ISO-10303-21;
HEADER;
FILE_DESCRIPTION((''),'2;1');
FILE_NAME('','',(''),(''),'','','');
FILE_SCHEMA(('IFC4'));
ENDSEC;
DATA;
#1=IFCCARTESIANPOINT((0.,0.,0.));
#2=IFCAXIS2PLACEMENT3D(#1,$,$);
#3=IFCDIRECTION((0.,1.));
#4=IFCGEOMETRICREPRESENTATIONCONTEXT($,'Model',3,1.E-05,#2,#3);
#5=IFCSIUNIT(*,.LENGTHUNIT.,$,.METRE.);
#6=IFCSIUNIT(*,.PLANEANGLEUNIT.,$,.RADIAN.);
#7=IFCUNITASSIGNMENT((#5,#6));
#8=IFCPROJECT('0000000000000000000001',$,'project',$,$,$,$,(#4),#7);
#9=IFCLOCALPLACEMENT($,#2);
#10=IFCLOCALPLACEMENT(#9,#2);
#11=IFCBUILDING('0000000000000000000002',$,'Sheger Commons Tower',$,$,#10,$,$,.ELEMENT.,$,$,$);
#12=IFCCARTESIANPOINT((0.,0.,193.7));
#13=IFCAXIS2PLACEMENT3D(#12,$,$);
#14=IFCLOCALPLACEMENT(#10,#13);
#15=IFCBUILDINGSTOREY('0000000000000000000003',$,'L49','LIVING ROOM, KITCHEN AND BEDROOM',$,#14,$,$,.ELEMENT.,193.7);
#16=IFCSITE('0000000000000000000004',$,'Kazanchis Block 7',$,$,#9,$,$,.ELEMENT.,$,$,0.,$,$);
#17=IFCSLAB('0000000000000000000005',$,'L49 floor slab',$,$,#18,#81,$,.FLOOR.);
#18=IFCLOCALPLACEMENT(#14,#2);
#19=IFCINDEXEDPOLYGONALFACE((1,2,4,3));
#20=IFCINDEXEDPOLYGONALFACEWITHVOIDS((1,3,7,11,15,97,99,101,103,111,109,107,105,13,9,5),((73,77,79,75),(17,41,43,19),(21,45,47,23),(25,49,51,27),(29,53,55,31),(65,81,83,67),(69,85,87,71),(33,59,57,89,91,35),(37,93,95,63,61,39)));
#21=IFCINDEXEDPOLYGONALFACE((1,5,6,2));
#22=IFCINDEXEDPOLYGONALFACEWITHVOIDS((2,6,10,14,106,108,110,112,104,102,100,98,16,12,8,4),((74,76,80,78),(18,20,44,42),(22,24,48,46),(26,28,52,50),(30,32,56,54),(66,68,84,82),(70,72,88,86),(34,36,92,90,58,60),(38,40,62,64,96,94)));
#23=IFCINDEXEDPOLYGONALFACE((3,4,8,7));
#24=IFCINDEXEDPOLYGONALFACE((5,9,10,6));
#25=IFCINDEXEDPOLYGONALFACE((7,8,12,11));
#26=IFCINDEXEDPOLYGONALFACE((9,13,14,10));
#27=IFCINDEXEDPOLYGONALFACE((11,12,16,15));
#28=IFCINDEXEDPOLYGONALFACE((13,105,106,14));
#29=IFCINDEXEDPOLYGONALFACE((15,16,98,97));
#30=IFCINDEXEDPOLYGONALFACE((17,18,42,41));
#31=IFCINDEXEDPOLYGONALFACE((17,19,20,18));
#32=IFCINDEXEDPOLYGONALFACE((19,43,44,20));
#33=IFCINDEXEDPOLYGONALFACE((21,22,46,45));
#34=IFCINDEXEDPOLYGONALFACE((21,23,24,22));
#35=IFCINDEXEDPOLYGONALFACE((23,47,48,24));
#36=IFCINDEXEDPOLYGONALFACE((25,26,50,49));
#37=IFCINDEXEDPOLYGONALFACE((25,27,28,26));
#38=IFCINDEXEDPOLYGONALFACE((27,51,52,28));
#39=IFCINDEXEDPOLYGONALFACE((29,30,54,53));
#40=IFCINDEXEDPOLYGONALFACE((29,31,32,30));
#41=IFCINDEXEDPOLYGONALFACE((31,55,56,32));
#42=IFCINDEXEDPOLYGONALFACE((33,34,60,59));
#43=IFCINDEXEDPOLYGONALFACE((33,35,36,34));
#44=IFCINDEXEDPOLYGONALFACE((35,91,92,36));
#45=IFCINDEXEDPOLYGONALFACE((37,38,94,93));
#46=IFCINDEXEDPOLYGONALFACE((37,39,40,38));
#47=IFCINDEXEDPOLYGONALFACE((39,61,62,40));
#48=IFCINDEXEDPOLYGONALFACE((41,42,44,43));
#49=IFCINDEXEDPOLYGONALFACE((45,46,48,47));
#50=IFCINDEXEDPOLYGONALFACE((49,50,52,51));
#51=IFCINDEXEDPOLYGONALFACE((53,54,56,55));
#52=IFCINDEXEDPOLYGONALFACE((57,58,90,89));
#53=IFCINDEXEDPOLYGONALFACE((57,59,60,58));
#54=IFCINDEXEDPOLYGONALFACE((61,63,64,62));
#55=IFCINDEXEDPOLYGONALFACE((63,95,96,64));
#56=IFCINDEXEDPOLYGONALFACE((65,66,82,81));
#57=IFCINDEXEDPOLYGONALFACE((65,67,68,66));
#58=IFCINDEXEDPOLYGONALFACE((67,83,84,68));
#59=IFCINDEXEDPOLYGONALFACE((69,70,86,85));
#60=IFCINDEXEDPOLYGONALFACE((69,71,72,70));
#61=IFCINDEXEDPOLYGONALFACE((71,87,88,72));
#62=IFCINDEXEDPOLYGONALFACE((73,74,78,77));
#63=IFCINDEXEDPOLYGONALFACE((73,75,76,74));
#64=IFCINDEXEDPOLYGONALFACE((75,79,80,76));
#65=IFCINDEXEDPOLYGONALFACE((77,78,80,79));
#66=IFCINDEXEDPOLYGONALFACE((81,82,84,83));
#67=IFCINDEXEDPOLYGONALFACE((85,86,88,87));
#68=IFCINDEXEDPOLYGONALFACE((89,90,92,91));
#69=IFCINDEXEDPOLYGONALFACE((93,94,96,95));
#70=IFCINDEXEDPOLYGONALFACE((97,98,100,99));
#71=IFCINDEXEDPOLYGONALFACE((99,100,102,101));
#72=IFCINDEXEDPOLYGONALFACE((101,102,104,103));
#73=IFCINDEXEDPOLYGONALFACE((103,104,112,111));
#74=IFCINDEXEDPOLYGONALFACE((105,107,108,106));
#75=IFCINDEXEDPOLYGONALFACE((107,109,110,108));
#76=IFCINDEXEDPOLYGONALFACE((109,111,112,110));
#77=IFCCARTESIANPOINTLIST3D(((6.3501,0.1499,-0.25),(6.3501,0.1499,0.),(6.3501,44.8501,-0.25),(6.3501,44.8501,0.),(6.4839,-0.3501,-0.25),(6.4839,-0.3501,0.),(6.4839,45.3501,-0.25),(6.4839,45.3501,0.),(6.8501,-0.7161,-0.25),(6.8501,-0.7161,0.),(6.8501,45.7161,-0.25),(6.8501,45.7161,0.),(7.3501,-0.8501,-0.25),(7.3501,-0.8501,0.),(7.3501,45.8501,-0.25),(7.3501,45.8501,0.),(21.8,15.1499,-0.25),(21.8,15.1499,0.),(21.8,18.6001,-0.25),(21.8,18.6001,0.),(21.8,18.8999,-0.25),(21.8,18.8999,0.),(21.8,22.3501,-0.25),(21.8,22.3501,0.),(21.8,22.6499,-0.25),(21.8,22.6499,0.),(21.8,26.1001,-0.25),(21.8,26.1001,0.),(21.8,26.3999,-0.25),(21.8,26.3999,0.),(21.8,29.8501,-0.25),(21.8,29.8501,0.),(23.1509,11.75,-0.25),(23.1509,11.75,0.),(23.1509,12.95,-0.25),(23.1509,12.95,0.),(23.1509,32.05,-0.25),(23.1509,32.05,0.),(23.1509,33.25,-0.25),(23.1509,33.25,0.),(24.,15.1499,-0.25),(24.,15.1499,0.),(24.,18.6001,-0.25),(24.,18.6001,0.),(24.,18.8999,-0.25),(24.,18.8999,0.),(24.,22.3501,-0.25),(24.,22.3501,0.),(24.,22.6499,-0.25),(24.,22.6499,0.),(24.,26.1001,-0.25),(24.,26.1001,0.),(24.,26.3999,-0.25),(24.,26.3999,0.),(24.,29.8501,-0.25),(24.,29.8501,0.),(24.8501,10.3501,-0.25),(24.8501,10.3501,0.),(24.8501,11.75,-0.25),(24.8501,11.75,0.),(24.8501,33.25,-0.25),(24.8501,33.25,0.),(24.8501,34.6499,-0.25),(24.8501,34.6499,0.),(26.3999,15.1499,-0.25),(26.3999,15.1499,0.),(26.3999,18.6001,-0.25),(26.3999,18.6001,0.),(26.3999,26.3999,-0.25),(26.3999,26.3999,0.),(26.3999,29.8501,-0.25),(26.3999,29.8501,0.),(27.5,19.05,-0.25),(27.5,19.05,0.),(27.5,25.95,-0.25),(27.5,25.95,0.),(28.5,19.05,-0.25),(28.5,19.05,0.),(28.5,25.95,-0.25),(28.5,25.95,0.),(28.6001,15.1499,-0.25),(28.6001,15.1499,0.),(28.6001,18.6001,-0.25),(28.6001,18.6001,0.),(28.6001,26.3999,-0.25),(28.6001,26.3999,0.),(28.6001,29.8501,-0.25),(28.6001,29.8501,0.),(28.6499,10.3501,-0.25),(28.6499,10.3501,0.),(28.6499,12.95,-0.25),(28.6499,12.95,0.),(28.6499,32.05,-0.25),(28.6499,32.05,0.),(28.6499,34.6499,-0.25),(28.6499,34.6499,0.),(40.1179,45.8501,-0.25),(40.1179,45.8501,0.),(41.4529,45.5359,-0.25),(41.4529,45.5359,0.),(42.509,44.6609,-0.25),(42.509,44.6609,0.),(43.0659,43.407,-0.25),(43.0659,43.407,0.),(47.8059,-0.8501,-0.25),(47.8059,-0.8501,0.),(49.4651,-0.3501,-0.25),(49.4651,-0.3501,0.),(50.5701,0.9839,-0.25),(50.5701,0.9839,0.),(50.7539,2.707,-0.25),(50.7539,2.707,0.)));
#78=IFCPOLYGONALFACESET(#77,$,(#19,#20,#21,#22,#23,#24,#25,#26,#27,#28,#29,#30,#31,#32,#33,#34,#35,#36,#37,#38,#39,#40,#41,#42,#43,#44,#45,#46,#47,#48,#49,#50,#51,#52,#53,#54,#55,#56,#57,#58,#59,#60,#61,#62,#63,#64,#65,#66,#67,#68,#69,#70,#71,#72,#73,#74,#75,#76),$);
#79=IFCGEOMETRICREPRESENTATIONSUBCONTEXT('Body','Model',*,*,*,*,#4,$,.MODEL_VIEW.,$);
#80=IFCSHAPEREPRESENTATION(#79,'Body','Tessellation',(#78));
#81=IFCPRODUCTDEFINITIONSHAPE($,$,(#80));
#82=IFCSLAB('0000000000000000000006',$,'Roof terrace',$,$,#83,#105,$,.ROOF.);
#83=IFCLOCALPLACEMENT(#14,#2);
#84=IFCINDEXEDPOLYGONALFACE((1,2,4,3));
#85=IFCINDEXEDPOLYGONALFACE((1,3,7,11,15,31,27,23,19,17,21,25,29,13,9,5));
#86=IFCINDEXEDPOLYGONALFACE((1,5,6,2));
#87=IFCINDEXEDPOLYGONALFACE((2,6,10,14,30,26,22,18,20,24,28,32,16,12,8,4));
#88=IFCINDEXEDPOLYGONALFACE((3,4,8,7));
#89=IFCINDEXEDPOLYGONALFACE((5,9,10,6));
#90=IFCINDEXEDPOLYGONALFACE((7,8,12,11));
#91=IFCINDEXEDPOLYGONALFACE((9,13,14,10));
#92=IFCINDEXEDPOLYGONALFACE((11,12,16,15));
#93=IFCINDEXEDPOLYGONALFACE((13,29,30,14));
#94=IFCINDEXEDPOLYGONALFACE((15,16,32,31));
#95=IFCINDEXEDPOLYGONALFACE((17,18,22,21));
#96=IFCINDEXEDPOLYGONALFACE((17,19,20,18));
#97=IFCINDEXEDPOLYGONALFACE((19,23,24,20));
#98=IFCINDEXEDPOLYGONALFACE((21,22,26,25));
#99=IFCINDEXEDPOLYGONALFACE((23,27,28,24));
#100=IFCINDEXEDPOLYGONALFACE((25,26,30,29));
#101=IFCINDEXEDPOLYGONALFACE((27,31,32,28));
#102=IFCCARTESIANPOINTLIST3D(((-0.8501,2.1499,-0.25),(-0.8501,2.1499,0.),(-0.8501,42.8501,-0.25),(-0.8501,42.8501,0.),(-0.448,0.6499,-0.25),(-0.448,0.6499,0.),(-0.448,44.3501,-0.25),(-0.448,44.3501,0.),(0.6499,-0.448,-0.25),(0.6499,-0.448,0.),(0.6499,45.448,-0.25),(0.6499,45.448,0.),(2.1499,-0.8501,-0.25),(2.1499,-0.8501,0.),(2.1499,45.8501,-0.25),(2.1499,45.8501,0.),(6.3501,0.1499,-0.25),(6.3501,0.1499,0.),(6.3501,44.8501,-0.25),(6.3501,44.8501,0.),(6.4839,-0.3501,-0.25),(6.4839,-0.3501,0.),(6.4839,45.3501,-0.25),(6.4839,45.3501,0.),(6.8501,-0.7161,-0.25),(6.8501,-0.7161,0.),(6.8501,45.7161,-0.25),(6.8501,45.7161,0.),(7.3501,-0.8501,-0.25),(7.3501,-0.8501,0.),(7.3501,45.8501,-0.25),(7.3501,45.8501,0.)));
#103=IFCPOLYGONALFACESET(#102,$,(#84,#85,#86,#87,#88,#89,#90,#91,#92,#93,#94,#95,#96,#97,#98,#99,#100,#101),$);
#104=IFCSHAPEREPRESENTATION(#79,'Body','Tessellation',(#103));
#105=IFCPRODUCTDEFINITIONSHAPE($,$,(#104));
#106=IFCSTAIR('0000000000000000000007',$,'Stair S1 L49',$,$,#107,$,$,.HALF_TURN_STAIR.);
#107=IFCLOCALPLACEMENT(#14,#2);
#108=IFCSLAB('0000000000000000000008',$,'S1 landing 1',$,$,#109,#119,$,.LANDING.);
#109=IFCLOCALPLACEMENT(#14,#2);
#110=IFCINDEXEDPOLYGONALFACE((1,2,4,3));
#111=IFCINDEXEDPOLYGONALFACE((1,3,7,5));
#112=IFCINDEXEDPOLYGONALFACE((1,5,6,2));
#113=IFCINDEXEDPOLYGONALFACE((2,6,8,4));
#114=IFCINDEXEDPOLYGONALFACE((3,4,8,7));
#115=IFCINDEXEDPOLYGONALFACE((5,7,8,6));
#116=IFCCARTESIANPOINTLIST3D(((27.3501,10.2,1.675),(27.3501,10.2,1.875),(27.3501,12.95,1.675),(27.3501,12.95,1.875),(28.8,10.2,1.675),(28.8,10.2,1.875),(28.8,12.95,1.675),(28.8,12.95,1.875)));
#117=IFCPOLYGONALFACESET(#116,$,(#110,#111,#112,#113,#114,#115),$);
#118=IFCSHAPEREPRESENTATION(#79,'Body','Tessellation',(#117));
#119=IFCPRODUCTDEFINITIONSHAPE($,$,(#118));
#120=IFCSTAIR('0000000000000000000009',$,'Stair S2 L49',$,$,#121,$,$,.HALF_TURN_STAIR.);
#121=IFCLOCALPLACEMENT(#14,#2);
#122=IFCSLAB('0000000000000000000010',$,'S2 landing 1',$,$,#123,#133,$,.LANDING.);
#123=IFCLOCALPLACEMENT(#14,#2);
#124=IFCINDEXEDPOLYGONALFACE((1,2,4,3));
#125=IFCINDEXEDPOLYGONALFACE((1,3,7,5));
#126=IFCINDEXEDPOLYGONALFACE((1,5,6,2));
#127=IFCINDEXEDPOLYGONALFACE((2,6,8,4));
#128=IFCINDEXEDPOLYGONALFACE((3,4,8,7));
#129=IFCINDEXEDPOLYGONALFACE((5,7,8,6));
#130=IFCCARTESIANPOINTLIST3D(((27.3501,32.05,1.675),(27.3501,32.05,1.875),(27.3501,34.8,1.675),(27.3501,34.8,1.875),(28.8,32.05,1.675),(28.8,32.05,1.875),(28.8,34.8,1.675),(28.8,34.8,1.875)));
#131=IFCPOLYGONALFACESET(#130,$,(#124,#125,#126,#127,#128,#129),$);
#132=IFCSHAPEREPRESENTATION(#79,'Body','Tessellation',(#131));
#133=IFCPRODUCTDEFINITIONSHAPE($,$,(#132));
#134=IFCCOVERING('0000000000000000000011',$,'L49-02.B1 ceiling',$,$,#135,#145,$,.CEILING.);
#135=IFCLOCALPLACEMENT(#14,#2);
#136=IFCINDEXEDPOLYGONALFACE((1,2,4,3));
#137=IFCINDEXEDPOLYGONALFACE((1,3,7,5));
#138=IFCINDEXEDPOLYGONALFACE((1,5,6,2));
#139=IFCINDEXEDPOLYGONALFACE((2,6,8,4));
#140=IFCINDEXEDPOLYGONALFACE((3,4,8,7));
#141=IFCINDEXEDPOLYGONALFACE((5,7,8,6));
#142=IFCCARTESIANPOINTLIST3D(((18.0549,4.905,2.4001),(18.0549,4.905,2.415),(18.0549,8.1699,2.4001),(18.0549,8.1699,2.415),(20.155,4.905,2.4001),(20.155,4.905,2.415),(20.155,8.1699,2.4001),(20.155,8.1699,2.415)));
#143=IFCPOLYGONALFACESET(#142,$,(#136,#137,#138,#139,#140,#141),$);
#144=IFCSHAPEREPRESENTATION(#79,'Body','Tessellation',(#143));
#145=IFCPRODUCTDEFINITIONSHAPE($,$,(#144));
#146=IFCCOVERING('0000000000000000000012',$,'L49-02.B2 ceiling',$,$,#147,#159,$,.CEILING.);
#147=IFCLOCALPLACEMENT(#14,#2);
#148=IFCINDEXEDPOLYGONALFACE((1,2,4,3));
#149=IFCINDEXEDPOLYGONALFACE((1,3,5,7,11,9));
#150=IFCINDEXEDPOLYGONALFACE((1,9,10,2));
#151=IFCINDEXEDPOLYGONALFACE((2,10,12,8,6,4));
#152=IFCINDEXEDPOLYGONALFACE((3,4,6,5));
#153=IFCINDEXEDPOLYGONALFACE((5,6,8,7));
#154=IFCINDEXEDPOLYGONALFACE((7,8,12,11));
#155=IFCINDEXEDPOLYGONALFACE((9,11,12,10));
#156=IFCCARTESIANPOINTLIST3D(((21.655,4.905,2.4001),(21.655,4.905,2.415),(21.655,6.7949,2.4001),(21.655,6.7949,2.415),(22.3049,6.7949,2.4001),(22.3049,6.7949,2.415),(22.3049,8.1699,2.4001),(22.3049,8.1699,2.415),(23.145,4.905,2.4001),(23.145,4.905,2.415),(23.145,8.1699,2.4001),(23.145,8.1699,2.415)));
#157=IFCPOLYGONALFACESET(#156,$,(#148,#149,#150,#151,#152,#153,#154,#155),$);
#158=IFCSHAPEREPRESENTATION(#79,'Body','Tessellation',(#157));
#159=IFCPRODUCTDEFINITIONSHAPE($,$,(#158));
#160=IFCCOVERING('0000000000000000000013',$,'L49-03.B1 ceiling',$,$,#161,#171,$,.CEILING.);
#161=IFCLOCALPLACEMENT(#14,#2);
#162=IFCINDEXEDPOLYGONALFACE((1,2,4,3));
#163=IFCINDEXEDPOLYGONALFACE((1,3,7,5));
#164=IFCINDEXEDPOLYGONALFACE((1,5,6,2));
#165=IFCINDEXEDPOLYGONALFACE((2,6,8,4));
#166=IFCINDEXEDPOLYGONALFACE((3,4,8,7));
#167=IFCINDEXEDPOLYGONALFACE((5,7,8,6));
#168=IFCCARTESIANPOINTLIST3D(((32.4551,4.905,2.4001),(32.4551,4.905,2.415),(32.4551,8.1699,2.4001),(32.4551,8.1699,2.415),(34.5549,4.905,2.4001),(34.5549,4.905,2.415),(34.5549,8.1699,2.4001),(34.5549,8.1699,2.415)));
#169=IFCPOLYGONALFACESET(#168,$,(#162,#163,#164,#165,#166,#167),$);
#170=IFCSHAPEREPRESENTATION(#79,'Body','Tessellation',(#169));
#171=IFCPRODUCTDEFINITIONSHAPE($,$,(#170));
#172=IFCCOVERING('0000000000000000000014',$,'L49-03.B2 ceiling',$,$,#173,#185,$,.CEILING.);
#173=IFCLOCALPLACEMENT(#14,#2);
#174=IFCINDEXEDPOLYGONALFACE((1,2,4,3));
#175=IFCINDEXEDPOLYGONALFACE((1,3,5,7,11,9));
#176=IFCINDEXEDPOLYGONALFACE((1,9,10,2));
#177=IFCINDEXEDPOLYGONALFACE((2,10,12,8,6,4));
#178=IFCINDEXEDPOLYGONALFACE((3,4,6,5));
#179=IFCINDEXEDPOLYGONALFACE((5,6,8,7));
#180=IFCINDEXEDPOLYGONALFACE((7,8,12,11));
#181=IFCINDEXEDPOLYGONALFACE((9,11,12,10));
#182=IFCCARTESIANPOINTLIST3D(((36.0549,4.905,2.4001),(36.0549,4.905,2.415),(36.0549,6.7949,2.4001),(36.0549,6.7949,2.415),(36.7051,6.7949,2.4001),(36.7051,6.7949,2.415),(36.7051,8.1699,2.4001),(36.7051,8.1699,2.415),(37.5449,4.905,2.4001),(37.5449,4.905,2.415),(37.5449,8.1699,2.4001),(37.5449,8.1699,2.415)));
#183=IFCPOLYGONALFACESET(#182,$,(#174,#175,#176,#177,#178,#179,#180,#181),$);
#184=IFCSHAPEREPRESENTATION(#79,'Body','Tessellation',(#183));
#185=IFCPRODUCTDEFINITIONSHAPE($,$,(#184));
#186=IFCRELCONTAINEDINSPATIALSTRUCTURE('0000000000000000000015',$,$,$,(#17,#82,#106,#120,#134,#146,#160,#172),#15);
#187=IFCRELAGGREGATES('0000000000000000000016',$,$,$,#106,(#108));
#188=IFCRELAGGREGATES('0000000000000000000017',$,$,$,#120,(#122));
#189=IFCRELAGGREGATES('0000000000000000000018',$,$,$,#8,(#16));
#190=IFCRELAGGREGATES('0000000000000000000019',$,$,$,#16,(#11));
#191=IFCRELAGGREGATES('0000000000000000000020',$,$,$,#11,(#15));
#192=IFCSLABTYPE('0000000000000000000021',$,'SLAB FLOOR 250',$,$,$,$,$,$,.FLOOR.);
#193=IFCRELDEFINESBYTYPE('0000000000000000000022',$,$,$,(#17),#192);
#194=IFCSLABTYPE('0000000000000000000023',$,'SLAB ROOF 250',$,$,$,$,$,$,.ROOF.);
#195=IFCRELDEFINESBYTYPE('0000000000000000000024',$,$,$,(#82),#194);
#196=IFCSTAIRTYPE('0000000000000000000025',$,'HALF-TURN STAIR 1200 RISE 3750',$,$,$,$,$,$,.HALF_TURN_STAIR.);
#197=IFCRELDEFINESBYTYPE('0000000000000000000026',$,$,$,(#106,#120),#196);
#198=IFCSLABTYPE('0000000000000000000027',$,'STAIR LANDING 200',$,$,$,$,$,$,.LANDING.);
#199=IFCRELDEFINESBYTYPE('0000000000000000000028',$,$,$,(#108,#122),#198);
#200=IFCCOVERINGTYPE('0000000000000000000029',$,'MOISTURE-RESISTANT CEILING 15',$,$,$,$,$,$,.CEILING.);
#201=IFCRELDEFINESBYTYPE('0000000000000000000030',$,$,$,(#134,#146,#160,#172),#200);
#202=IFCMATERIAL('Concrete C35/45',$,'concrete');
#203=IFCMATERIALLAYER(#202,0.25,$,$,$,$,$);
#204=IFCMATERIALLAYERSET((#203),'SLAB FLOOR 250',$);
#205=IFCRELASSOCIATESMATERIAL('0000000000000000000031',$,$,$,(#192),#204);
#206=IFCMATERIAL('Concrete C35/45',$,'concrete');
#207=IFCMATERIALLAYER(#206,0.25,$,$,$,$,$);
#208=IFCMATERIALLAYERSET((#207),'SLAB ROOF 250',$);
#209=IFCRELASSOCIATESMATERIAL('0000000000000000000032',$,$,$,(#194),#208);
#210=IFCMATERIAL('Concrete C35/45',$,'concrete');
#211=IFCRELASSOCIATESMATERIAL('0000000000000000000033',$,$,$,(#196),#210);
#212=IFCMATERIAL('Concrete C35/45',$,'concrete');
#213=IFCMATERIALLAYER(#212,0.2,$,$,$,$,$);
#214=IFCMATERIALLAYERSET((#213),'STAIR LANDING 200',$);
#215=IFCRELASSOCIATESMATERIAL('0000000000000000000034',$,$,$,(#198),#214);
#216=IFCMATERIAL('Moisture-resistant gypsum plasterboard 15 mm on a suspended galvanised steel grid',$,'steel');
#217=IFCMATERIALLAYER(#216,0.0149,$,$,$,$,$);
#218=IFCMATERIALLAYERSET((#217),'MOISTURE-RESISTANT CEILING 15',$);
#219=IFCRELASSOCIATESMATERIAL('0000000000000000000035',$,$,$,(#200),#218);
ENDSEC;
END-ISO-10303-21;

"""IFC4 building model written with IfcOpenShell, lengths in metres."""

from ifc_helpers import new_model, si_unit, direction, frame, origin, place, context, subcontext, project, spatial, polyline, outline, extrude, material, layer, layer_set, type_object, element, aggregate, save


model = new_model("IFC4")

# Units and contexts
model_context = context("Model", 3, precision=1e-05, world=origin(), true_north=direction((0.0, 1.0)))
body_context = subcontext(model_context, "Body", "Model", "MODEL_VIEW")
ifc_project = project(units=[si_unit("LENGTHUNIT", "METRE"), si_unit("PLANEANGLEUNIT", "RADIAN")], contexts=[model_context])

# Site, building, storey
site_placement = place(None, origin())
site = spatial("IfcSite", under=ifc_project, at=site_placement, Name="Kazanchis Block 7", CompositionType="ELEMENT", RefElevation=0.0)
building_placement = place(site_placement, origin())
building = spatial("IfcBuilding", under=site, at=building_placement, Name="Sheger Commons Tower", CompositionType="ELEMENT")
storey_placement = place(building_placement, frame((0.0, 0.0, 193.7)))
storey = spatial("IfcBuildingStorey", under=building, at=storey_placement, Name="L49", Description="LIVING ROOM, KITCHEN AND BEDROOM", CompositionType="ELEMENT", Elevation=193.7)

# Slabs
ifc_material_1 = material(Name="Concrete C35/45", Category="concrete")
ifc_layer_1 = layer(ifc_material_1, 0.25)
ifc_layer_set_1 = layer_set([ifc_layer_1], Name="SLAB FLOOR 250")
slab_type_1 = type_object("IfcSlabType", Name="SLAB FLOOR 250", PredefinedType="FLOOR", material=ifc_layer_set_1)
slab_1_placement = place(storey_placement, frame((0.0, 0.0, -0.25)))
element("IfcSlab", 1, at=slab_1_placement, inside=storey, type_object=slab_type_1, Name="L49 floor slab", PredefinedType="FLOOR", context=body_context, shape_type="SweptSolid", body=[
    extrude(outline(polyline([(6.3501, 0.1499), (6.4839, -0.3501), (6.8501, -0.7161), (7.3501, -0.8501), (47.8059, -0.8501), (49.4651, -0.3501), (50.5701, 0.9839), (50.7539, 2.707), (43.0659, 43.407), (42.509, 44.6609), (41.4529, 45.5359), (40.1179, 45.8501), (7.3501, 45.8501), (6.8501, 45.7161), (6.4839, 45.3501), (6.3501, 44.8501), (6.3501, 0.1499)]), holes=[polyline([(24.8501, 10.3501), (28.6499, 10.3501), (28.6499, 12.95), (23.1509, 12.95), (23.1509, 11.75), (24.8501, 11.75), (24.8501, 10.3501)]), polyline([(23.1509, 32.05), (28.6499, 32.05), (28.6499, 34.6499), (24.8501, 34.6499), (24.8501, 33.25), (23.1509, 33.25), (23.1509, 32.05)]), polyline([(26.3999, 15.1499), (28.6001, 15.1499), (28.6001, 18.6001), (26.3999, 18.6001), (26.3999, 15.1499)]), polyline([(26.3999, 26.3999), (28.6001, 26.3999), (28.6001, 29.8501), (26.3999, 29.8501), (26.3999, 26.3999)]), polyline([(21.8, 15.1499), (24.0, 15.1499), (24.0, 18.6001), (21.8, 18.6001), (21.8, 15.1499)]), polyline([(21.8, 18.8999), (24.0, 18.8999), (24.0, 22.3501), (21.8, 22.3501), (21.8, 18.8999)]), polyline([(21.8, 22.6499), (24.0, 22.6499), (24.0, 26.1001), (21.8, 26.1001), (21.8, 22.6499)]), polyline([(21.8, 26.3999), (24.0, 26.3999), (24.0, 29.8501), (21.8, 29.8501), (21.8, 26.3999)]), polyline([(27.5, 19.05), (28.5, 19.05), (28.5, 25.95), (27.5, 25.95), (27.5, 19.05)])]), origin(), (0.0, 0.0, 1.0), 0.25),
])
ifc_material_2 = material(Name="Concrete C35/45", Category="concrete")
ifc_layer_2 = layer(ifc_material_2, 0.25)
ifc_layer_set_2 = layer_set([ifc_layer_2], Name="SLAB ROOF 250")
slab_type_2 = type_object("IfcSlabType", Name="SLAB ROOF 250", PredefinedType="ROOF", material=ifc_layer_set_2)
slab_2_placement = place(storey_placement, frame((0.0, 0.0, -0.25)))
element("IfcSlab", 2, at=slab_2_placement, inside=storey, type_object=slab_type_2, Name="Roof terrace", PredefinedType="ROOF", context=body_context, shape_type="SweptSolid", body=[
    extrude(outline(polyline([(2.1499, -0.8501), (7.3501, -0.8501), (6.8501, -0.7161), (6.4839, -0.3501), (6.3501, 0.1499), (6.3501, 44.8501), (6.4839, 45.3501), (6.8501, 45.7161), (7.3501, 45.8501), (2.1499, 45.8501), (0.6499, 45.448), (-0.448, 44.3501), (-0.8501, 42.8501), (-0.8501, 2.1499), (-0.448, 0.6499), (0.6499, -0.448), (2.1499, -0.8501)])), origin(), (0.0, 0.0, 1.0), 0.25),
])

# Stairs, slabs
ifc_material_3 = material(Name="Concrete C35/45", Category="concrete")
stair_type = type_object("IfcStairType", Name="HALF-TURN STAIR 1200 RISE 3750", PredefinedType="HALF_TURN_STAIR", material=ifc_material_3)
stair_1_placement = place(storey_placement, origin())
stair_1 = element("IfcStair", 3, at=stair_1_placement, inside=storey, type_object=stair_type, Name="Stair S1 L49", PredefinedType="HALF_TURN_STAIR")
ifc_material_4 = material(Name="Concrete C35/45", Category="concrete")
ifc_layer_3 = layer(ifc_material_4, 0.2)
ifc_layer_set_3 = layer_set([ifc_layer_3], Name="STAIR LANDING 200")
slab_type_3 = type_object("IfcSlabType", Name="STAIR LANDING 200", PredefinedType="LANDING", material=ifc_layer_set_3)
slab_3_placement = place(storey_placement, frame((0.0, 0.0, 1.675)))
slab_3 = element("IfcSlab", 4, at=slab_3_placement, type_object=slab_type_3, Name="S1 landing 1", PredefinedType="LANDING", context=body_context, shape_type="SweptSolid", body=[
    extrude(outline(polyline([(27.3501, 10.2), (28.8, 10.2), (28.8, 12.95), (27.3501, 12.95), (27.3501, 10.2)])), origin(), (0.0, 0.0, 1.0), 0.2),
])
aggregate(stair_1, [slab_3])
stair_2_placement = place(storey_placement, origin())
stair_2 = element("IfcStair", 5, at=stair_2_placement, inside=storey, type_object=stair_type, Name="Stair S2 L49", PredefinedType="HALF_TURN_STAIR")
slab_4_placement = place(storey_placement, frame((0.0, 0.0, 1.675)))
slab_4 = element("IfcSlab", 6, at=slab_4_placement, type_object=slab_type_3, Name="S2 landing 1", PredefinedType="LANDING", context=body_context, shape_type="SweptSolid", body=[
    extrude(outline(polyline([(27.3501, 32.05), (28.8, 32.05), (28.8, 34.8), (27.3501, 34.8), (27.3501, 32.05)])), origin(), (0.0, 0.0, 1.0), 0.2),
])
aggregate(stair_2, [slab_4])

# Coverings
ifc_material_5 = material(Name="Moisture-resistant gypsum plasterboard 15 mm on a suspended galvanised steel grid", Category="steel")
ifc_layer_4 = layer(ifc_material_5, 0.0149)
ifc_layer_set_4 = layer_set([ifc_layer_4], Name="MOISTURE-RESISTANT CEILING 15")
covering_type_1 = type_object("IfcCoveringType", Name="MOISTURE-RESISTANT CEILING 15", PredefinedType="CEILING", material=ifc_layer_set_4)
covering_1_placement = place(storey_placement, frame((0.0, 0.0, 2.4001)))
element("IfcCovering", 7, at=covering_1_placement, inside=storey, type_object=covering_type_1, Name="L49-02.B1 ceiling", PredefinedType="CEILING", context=body_context, shape_type="SweptSolid", body=[
    extrude(outline(polyline([(18.0549, 4.905), (20.155, 4.905), (20.155, 8.1699), (18.0549, 8.1699), (18.0549, 4.905)])), origin(), (0.0, 0.0, 1.0), 0.0149),
])
covering_2_placement = place(storey_placement, frame((0.0, 0.0, 2.4001)))
element("IfcCovering", 8, at=covering_2_placement, inside=storey, type_object=covering_type_1, Name="L49-02.B2 ceiling", PredefinedType="CEILING", context=body_context, shape_type="SweptSolid", body=[
    extrude(outline(polyline([(21.655, 4.905), (23.145, 4.905), (23.145, 8.1699), (22.3049, 8.1699), (22.3049, 6.7949), (21.655, 6.7949), (21.655, 4.905)])), origin(), (0.0, 0.0, 1.0), 0.0149),
])
covering_3_placement = place(storey_placement, frame((0.0, 0.0, 2.4001)))
element("IfcCovering", 9, at=covering_3_placement, inside=storey, type_object=covering_type_1, Name="L49-03.B1 ceiling", PredefinedType="CEILING", context=body_context, shape_type="SweptSolid", body=[
    extrude(outline(polyline([(32.4551, 4.905), (34.5549, 4.905), (34.5549, 8.1699), (32.4551, 8.1699), (32.4551, 4.905)])), origin(), (0.0, 0.0, 1.0), 0.0149),
])
covering_4_placement = place(storey_placement, frame((0.0, 0.0, 2.4001)))
element("IfcCovering", 10, at=covering_4_placement, inside=storey, type_object=covering_type_1, Name="L49-03.B2 ceiling", PredefinedType="CEILING", context=body_context, shape_type="SweptSolid", body=[
    extrude(outline(polyline([(36.0549, 4.905), (37.5449, 4.905), (37.5449, 8.1699), (36.7051, 8.1699), (36.7051, 6.7949), (36.0549, 6.7949), (36.0549, 4.905)])), origin(), (0.0, 0.0, 1.0), 0.0149),
])

save(model, "model.ifc")
